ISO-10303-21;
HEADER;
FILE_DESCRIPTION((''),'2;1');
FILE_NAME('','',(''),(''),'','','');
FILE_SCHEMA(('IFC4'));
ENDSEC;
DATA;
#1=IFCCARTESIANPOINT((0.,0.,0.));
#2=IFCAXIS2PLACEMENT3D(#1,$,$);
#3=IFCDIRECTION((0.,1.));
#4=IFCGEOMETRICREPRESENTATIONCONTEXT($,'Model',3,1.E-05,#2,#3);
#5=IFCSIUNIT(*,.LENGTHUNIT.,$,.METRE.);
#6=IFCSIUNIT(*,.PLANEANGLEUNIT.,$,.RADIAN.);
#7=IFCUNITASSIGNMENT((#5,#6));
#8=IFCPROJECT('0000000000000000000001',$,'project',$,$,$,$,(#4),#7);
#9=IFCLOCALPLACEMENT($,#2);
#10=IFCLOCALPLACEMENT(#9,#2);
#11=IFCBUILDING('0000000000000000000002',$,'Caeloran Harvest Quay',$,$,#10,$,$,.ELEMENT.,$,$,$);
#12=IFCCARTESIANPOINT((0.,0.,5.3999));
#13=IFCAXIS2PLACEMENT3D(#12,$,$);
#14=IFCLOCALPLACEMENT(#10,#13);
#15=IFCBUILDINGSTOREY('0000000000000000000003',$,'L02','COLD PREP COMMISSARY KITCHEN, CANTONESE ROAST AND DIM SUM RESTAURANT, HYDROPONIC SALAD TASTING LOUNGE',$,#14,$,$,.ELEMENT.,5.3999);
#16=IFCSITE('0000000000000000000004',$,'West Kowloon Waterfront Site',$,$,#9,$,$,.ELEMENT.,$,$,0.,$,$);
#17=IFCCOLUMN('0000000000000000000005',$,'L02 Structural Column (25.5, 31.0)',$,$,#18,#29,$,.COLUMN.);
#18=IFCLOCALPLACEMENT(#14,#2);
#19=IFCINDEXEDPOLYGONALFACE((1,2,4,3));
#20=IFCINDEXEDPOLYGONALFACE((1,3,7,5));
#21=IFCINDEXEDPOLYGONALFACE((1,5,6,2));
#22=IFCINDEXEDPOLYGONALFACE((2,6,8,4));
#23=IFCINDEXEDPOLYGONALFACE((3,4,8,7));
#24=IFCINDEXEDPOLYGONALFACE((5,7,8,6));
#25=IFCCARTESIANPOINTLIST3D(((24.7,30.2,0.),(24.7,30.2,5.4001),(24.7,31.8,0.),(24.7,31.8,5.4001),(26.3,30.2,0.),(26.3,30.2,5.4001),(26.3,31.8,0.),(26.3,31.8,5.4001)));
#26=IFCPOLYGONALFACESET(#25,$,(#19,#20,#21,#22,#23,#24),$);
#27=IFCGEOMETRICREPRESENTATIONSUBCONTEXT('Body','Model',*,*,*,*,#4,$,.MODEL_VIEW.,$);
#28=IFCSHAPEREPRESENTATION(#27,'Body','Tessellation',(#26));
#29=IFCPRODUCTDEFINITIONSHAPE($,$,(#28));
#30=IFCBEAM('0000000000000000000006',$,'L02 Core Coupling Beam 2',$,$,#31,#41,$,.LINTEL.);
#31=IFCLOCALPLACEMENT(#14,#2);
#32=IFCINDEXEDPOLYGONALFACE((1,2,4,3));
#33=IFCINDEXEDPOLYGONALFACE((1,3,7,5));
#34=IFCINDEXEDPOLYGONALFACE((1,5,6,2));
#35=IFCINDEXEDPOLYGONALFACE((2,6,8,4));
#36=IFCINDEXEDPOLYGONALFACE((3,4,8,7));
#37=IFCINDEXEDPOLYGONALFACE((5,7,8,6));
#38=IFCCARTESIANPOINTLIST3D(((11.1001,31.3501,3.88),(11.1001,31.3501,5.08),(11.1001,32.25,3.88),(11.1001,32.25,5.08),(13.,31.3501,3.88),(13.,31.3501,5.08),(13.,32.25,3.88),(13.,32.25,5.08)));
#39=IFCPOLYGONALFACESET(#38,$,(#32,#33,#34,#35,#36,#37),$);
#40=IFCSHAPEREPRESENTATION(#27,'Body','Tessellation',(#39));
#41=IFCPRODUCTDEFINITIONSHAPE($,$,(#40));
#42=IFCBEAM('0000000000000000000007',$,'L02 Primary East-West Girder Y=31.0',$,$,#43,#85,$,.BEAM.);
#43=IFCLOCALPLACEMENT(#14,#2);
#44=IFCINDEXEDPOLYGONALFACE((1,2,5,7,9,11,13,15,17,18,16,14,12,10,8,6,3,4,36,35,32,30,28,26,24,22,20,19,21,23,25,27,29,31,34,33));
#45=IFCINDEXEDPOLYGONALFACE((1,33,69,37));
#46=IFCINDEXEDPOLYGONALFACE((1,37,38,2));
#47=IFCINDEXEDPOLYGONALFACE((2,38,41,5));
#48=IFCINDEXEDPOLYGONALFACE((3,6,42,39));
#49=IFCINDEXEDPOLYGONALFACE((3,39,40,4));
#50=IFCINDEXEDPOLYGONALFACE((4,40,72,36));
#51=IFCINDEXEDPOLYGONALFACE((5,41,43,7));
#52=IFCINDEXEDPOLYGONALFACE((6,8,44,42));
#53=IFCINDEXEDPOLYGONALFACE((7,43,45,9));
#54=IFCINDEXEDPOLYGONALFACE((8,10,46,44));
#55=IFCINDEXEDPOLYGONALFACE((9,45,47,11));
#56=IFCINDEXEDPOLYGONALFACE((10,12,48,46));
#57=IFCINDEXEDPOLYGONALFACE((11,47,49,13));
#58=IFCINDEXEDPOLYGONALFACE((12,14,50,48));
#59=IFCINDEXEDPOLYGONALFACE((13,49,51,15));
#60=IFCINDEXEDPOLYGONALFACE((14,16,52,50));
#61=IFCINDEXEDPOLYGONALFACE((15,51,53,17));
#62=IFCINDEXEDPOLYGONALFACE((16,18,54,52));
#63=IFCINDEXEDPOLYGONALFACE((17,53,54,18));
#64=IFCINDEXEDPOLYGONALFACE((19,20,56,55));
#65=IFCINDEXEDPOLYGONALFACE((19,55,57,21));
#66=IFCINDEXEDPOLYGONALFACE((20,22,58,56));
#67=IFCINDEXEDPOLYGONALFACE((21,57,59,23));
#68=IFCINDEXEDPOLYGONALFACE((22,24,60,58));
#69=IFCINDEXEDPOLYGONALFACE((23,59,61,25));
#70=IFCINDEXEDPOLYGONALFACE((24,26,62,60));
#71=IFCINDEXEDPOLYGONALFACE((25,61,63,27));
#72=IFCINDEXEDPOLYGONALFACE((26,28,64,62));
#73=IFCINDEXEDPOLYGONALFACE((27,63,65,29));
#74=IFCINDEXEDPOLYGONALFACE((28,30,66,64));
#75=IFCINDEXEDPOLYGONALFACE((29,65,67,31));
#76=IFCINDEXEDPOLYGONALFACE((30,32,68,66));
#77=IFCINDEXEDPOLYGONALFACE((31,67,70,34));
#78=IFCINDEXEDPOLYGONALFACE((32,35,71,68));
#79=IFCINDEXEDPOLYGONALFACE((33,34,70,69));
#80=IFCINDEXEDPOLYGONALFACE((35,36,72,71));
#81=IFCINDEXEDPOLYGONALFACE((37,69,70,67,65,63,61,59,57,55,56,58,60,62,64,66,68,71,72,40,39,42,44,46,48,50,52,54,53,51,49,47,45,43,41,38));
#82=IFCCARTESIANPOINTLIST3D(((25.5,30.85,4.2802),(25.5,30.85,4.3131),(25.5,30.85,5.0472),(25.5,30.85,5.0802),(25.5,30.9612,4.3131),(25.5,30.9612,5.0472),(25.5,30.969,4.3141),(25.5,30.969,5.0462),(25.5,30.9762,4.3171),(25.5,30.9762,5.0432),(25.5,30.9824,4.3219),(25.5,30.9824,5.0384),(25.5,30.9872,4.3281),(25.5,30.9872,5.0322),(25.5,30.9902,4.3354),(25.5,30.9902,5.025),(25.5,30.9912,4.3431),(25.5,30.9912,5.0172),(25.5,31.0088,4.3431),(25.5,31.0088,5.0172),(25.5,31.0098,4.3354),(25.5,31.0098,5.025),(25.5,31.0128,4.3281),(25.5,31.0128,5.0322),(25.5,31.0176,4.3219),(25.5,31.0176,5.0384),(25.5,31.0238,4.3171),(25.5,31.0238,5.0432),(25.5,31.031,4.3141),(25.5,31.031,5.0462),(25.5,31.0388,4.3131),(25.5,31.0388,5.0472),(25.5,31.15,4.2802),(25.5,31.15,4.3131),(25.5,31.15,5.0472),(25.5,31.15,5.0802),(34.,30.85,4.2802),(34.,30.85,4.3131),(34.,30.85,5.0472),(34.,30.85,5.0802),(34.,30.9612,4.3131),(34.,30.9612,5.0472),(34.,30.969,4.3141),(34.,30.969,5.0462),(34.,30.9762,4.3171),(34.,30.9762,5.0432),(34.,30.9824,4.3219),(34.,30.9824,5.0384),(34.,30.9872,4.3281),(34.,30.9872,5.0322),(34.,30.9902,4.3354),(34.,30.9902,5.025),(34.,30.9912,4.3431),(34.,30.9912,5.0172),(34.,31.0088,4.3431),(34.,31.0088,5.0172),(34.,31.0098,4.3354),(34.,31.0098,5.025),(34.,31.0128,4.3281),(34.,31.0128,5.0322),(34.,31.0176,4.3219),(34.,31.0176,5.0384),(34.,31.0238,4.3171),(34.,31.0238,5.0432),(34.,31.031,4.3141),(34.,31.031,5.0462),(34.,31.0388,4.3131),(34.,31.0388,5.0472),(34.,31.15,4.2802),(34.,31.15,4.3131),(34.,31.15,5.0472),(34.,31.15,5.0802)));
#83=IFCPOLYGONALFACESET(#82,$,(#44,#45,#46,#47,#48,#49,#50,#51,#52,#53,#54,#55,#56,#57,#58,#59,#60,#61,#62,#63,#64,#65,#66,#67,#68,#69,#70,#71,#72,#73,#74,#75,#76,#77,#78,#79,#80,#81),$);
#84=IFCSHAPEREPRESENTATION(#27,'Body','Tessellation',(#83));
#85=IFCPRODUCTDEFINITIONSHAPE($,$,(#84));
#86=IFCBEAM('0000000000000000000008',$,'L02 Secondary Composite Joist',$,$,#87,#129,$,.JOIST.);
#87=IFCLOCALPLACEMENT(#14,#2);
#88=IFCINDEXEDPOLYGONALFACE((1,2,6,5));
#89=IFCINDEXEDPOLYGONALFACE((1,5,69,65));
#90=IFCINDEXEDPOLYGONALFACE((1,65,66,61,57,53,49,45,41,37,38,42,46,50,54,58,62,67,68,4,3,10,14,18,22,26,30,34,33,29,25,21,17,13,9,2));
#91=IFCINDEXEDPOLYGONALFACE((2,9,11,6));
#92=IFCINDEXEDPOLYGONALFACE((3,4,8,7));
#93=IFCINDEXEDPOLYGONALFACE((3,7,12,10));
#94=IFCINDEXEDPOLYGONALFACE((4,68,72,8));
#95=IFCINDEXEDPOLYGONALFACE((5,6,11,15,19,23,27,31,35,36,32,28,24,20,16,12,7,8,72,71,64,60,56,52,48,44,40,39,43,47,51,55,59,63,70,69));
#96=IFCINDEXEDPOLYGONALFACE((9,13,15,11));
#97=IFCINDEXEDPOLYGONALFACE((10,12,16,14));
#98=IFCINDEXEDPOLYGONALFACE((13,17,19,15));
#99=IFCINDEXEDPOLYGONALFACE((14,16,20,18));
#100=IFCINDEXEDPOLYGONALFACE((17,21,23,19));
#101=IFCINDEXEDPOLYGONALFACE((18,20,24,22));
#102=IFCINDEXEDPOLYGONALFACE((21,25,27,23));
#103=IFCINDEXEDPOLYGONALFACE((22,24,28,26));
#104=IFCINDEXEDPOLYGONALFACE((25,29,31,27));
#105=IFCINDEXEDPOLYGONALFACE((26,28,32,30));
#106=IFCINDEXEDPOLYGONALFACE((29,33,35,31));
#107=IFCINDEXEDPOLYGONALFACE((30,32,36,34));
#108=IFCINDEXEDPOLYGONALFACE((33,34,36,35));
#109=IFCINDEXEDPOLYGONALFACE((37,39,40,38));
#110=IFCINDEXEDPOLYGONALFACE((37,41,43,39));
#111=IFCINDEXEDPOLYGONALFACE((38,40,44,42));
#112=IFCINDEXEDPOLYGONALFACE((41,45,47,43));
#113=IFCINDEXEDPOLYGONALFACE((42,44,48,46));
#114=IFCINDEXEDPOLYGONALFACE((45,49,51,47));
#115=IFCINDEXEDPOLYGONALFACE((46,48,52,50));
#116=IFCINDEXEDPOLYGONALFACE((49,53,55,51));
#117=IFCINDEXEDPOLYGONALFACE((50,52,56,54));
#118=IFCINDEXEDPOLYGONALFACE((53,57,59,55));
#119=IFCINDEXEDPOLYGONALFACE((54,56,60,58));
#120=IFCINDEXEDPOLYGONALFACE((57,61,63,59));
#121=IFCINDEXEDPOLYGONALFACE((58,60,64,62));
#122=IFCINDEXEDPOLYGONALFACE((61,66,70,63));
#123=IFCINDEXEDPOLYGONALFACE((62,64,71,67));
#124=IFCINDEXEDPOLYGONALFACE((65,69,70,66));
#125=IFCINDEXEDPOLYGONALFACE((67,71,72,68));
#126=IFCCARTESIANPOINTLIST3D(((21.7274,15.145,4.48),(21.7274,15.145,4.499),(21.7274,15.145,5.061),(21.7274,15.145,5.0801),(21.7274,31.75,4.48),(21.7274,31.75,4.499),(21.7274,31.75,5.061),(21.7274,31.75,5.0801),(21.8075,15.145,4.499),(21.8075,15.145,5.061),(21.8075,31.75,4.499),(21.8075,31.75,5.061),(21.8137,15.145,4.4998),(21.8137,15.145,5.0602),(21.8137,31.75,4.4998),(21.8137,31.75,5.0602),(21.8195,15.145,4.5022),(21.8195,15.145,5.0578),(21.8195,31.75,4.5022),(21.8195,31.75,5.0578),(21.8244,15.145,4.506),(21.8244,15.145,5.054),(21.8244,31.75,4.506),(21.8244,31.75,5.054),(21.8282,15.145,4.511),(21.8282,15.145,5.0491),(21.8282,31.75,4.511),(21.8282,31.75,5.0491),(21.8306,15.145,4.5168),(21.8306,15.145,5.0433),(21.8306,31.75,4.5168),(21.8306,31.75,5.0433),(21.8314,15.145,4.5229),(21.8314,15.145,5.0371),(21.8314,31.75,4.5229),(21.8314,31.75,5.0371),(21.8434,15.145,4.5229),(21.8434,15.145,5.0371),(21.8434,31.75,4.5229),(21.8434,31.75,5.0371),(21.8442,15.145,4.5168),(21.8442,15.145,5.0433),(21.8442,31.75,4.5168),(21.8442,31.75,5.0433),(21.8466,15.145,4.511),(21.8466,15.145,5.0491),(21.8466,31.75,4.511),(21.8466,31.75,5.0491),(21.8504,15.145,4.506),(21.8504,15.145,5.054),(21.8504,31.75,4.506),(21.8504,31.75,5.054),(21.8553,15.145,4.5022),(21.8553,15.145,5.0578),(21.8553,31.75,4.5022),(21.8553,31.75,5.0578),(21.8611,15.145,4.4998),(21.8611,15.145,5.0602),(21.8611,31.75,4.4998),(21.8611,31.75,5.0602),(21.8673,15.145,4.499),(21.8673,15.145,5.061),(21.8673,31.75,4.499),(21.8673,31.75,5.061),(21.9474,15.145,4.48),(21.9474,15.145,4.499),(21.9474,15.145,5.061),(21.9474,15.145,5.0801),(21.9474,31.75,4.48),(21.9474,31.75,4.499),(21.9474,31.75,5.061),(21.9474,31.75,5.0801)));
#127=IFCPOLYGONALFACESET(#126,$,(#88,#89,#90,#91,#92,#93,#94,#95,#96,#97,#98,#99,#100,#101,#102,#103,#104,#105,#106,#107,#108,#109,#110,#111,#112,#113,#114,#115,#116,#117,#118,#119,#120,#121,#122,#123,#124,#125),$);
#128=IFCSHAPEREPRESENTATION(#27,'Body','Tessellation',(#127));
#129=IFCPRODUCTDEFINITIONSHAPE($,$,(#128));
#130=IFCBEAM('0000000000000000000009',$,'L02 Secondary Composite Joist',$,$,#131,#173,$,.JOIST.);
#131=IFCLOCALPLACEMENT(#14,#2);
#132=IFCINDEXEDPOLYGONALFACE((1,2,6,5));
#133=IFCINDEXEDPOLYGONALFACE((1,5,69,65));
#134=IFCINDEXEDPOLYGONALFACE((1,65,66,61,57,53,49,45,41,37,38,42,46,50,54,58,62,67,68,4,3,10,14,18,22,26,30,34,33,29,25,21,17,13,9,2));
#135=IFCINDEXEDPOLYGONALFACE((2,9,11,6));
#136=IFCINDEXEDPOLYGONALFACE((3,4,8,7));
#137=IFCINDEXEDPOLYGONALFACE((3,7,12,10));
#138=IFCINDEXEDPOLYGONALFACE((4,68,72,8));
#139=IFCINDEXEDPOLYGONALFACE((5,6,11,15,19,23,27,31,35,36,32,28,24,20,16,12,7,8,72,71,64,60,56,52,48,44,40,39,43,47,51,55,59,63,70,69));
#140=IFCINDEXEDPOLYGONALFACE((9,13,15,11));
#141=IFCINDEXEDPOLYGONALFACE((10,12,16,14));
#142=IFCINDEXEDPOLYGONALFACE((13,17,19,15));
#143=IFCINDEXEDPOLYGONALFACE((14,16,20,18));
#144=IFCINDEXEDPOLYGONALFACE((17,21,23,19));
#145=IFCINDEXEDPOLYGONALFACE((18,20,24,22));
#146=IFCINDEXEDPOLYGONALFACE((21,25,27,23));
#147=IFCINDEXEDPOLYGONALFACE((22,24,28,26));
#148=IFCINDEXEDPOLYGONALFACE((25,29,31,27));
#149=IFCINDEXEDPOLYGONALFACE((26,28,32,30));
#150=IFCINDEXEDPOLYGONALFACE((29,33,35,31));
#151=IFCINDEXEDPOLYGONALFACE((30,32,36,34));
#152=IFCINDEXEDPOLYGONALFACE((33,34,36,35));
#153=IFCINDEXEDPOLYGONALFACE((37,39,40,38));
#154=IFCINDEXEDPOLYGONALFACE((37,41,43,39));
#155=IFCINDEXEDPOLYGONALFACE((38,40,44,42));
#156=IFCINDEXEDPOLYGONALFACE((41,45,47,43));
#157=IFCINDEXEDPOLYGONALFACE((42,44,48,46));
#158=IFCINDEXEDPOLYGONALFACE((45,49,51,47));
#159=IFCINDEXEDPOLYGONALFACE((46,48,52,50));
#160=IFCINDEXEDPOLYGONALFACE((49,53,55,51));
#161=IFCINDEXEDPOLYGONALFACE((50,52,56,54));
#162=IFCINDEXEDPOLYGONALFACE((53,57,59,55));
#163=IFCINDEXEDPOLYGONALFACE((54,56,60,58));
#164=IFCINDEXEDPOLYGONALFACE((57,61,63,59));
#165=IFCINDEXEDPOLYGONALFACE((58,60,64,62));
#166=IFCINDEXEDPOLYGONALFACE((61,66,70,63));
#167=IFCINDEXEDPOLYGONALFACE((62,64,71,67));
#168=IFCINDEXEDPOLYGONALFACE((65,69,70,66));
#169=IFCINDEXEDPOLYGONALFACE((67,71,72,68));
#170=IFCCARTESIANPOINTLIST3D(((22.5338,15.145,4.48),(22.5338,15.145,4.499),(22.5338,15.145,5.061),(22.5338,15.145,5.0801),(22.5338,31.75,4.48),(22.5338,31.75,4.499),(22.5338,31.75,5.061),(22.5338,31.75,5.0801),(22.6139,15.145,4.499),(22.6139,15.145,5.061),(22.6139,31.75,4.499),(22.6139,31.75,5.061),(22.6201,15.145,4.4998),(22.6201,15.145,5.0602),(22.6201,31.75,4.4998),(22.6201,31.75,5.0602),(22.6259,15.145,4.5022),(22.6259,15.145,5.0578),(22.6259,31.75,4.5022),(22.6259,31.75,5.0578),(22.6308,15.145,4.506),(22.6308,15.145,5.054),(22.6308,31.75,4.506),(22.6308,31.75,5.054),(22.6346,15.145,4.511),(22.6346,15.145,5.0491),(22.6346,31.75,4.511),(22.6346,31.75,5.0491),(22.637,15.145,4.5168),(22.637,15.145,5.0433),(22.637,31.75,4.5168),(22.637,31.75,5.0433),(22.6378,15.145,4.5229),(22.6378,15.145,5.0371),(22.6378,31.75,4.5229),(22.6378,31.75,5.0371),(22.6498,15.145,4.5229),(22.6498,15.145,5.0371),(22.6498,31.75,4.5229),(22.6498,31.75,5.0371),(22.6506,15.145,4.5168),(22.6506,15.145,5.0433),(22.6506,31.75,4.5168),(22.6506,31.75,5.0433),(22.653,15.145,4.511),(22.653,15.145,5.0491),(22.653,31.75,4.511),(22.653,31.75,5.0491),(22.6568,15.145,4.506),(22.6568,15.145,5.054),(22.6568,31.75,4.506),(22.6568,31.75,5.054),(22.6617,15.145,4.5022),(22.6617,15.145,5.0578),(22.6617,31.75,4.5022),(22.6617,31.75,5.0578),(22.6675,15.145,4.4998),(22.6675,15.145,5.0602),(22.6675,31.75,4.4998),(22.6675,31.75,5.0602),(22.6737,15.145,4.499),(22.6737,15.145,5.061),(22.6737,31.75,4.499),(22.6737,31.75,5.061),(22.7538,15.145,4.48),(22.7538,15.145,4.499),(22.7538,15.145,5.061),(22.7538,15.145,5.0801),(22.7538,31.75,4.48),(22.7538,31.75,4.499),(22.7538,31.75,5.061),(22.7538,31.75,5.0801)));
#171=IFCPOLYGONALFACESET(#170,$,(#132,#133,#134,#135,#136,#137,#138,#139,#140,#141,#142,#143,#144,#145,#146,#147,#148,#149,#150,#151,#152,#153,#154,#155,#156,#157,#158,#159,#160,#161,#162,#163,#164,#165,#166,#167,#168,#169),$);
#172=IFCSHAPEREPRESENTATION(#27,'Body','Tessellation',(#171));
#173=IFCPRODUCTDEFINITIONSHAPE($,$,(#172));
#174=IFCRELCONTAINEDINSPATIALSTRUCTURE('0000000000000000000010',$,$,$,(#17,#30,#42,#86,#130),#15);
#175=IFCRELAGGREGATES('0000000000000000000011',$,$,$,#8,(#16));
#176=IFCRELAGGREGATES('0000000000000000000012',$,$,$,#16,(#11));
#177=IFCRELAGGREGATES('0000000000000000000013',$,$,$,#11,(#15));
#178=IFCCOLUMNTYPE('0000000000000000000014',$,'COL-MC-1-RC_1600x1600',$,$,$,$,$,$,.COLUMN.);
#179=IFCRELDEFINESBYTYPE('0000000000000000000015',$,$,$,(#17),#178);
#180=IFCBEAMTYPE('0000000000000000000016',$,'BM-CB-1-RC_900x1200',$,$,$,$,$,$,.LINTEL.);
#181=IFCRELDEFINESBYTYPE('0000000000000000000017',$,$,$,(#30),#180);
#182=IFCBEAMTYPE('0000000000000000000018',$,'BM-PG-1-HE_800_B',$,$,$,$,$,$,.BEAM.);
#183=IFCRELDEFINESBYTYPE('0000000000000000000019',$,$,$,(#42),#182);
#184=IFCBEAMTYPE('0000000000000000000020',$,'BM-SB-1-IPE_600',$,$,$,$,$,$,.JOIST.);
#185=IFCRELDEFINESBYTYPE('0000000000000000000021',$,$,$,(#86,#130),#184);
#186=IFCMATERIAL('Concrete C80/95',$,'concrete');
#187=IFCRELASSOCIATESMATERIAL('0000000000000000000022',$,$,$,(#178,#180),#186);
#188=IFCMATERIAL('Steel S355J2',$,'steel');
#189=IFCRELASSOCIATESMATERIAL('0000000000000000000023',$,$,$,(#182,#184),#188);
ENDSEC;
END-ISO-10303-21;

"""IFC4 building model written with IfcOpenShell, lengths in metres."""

from ifc_helpers import new_model, si_unit, direction, frame, origin, origin_2d, place, context, subcontext, project, spatial, rectangle, i_section, extrude, material, material_profile, profile_set, type_object, element, save


model = new_model("IFC4")

# Units and contexts
model_context = context("Model", 3, precision=1e-05, world=origin(), true_north=direction((0.0, 1.0)))
body_context = subcontext(model_context, "Body", "Model", "MODEL_VIEW")
ifc_project = project(units=[si_unit("LENGTHUNIT", "METRE"), si_unit("PLANEANGLEUNIT", "RADIAN")], contexts=[model_context])

# Site, building, storey
site_placement = place(None, origin())
site = spatial("IfcSite", under=ifc_project, at=site_placement, Name="West Kowloon Waterfront Site", CompositionType="ELEMENT", RefElevation=0.0)
building_placement = place(site_placement, origin())
building = spatial("IfcBuilding", under=site, at=building_placement, Name="Caeloran Harvest Quay", CompositionType="ELEMENT")
storey_placement = place(building_placement, frame((0.0, 0.0, 5.3999)))
storey = spatial("IfcBuildingStorey", under=building, at=storey_placement, Name="L02", Description="COLD PREP COMMISSARY KITCHEN, CANTONESE ROAST AND DIM SUM RESTAURANT, HYDROPONIC SALAD TASTING LOUNGE", CompositionType="ELEMENT", Elevation=5.3999)

# Column
ifc_material_1 = material(Name="Concrete C80/95", Category="concrete")
ifc_material_profile_1 = material_profile(ifc_material_1, rectangle(XDim=1.6001, YDim=1.6001, at=origin_2d()), Name="RC 1600x1600")
ifc_profile_set_1 = profile_set([ifc_material_profile_1], Name="Concrete C80/95")
column_type = type_object("IfcColumnType", Name="COL-MC-1-RC_1600x1600", PredefinedType="COLUMN", material=ifc_profile_set_1)
column_placement = place(storey_placement, frame((25.5, 31.0, 0.0), z_axis=(0.0, 0.0, 1.0), x_axis=(1.0, 0.0, 0.0)))
element("IfcColumn", 1, at=column_placement, inside=storey, type_object=column_type, Name="L02 Structural Column (25.5, 31.0)", PredefinedType="COLUMN", context=body_context, shape_type="SweptSolid", body=[
    extrude(rectangle(XDim=1.6001, YDim=1.6001, at=origin_2d()), origin(), (0.0, 0.0, 1.0), 5.4001),
])

# Beams
ifc_material_profile_2 = material_profile(ifc_material_1, rectangle(XDim=0.8999, YDim=1.2, at=origin_2d()), Name="RC 900x1200")
ifc_profile_set_2 = profile_set([ifc_material_profile_2], Name="Concrete C80/95")
beam_type_1 = type_object("IfcBeamType", Name="BM-CB-1-RC_900x1200", PredefinedType="LINTEL", material=ifc_profile_set_2)
beam_1_placement = place(storey_placement, frame((11.1001, 31.8, 4.48), z_axis=(1.0, 0.0, 0.0), x_axis=(0.0, 1.0, 0.0)))
element("IfcBeam", 2, at=beam_1_placement, inside=storey, type_object=beam_type_1, Name="L02 Core Coupling Beam 2", PredefinedType="LINTEL", context=body_context, shape_type="SweptSolid", body=[
    extrude(rectangle(XDim=0.8999, YDim=1.2, at=origin_2d()), origin(), (0.0, 0.0, 1.0), 1.8999),
])
ifc_material_2 = material(Name="Steel S355J2", Category="steel")
ifc_material_profile_3 = material_profile(ifc_material_2, i_section(OverallWidth=0.3, OverallDepth=0.8, WebThickness=0.0176, FlangeThickness=0.033, FilletRadius=0.03, at=origin_2d()), Name="HE 800 B")
ifc_profile_set_3 = profile_set([ifc_material_profile_3], Name="Steel S355J2")
beam_type_2 = type_object("IfcBeamType", Name="BM-PG-1-HE_800_B", PredefinedType="BEAM", material=ifc_profile_set_3)
beam_2_placement = place(storey_placement, frame((25.5, 31.0, 4.6802), z_axis=(1.0, 0.0, 0.0), x_axis=(0.0, 1.0, 0.0)))
element("IfcBeam", 3, at=beam_2_placement, inside=storey, type_object=beam_type_2, Name="L02 Primary East-West Girder Y=31.0", PredefinedType="BEAM", context=body_context, shape_type="SweptSolid", body=[
    extrude(i_section(OverallWidth=0.3, OverallDepth=0.8, WebThickness=0.0176, FlangeThickness=0.033, FilletRadius=0.03, at=origin_2d()), origin(), (0.0, 0.0, 1.0), 8.5),
])
ifc_material_profile_4 = material_profile(ifc_material_2, i_section(OverallWidth=0.22, OverallDepth=0.6001, WebThickness=0.012, FlangeThickness=0.019, FilletRadius=0.0239, at=origin_2d()), Name="IPE 600")
ifc_profile_set_4 = profile_set([ifc_material_profile_4], Name="Steel S355J2")
beam_type_3 = type_object("IfcBeamType", Name="BM-SB-1-IPE_600", PredefinedType="JOIST", material=ifc_profile_set_4)
for number, where, z_axis, x_axis, name in (
    (4, (21.8374, 15.145, 4.78), (0.0, 1.0, 0.0), (-1.0, 0.0, 0.0), "L02 Secondary Composite Joist"),
    (5, (22.6438, 15.145, 4.78), (0.0, 1.0, 0.0), (-1.0, 0.0, 0.0), "L02 Secondary Composite Joist"),
):
    element("IfcBeam", number, at=place(storey_placement, frame(where, z_axis=z_axis, x_axis=x_axis)), inside=storey, type_object=beam_type_3, Name=name, PredefinedType="JOIST", context=body_context, shape_type="SweptSolid", body=[
        extrude(i_section(OverallWidth=0.22, OverallDepth=0.6001, WebThickness=0.012, FlangeThickness=0.019, FilletRadius=0.0239, at=origin_2d()), origin(), (0.0, 0.0, 1.0), 16.605),
    ])

save(model, "model.ifc")
